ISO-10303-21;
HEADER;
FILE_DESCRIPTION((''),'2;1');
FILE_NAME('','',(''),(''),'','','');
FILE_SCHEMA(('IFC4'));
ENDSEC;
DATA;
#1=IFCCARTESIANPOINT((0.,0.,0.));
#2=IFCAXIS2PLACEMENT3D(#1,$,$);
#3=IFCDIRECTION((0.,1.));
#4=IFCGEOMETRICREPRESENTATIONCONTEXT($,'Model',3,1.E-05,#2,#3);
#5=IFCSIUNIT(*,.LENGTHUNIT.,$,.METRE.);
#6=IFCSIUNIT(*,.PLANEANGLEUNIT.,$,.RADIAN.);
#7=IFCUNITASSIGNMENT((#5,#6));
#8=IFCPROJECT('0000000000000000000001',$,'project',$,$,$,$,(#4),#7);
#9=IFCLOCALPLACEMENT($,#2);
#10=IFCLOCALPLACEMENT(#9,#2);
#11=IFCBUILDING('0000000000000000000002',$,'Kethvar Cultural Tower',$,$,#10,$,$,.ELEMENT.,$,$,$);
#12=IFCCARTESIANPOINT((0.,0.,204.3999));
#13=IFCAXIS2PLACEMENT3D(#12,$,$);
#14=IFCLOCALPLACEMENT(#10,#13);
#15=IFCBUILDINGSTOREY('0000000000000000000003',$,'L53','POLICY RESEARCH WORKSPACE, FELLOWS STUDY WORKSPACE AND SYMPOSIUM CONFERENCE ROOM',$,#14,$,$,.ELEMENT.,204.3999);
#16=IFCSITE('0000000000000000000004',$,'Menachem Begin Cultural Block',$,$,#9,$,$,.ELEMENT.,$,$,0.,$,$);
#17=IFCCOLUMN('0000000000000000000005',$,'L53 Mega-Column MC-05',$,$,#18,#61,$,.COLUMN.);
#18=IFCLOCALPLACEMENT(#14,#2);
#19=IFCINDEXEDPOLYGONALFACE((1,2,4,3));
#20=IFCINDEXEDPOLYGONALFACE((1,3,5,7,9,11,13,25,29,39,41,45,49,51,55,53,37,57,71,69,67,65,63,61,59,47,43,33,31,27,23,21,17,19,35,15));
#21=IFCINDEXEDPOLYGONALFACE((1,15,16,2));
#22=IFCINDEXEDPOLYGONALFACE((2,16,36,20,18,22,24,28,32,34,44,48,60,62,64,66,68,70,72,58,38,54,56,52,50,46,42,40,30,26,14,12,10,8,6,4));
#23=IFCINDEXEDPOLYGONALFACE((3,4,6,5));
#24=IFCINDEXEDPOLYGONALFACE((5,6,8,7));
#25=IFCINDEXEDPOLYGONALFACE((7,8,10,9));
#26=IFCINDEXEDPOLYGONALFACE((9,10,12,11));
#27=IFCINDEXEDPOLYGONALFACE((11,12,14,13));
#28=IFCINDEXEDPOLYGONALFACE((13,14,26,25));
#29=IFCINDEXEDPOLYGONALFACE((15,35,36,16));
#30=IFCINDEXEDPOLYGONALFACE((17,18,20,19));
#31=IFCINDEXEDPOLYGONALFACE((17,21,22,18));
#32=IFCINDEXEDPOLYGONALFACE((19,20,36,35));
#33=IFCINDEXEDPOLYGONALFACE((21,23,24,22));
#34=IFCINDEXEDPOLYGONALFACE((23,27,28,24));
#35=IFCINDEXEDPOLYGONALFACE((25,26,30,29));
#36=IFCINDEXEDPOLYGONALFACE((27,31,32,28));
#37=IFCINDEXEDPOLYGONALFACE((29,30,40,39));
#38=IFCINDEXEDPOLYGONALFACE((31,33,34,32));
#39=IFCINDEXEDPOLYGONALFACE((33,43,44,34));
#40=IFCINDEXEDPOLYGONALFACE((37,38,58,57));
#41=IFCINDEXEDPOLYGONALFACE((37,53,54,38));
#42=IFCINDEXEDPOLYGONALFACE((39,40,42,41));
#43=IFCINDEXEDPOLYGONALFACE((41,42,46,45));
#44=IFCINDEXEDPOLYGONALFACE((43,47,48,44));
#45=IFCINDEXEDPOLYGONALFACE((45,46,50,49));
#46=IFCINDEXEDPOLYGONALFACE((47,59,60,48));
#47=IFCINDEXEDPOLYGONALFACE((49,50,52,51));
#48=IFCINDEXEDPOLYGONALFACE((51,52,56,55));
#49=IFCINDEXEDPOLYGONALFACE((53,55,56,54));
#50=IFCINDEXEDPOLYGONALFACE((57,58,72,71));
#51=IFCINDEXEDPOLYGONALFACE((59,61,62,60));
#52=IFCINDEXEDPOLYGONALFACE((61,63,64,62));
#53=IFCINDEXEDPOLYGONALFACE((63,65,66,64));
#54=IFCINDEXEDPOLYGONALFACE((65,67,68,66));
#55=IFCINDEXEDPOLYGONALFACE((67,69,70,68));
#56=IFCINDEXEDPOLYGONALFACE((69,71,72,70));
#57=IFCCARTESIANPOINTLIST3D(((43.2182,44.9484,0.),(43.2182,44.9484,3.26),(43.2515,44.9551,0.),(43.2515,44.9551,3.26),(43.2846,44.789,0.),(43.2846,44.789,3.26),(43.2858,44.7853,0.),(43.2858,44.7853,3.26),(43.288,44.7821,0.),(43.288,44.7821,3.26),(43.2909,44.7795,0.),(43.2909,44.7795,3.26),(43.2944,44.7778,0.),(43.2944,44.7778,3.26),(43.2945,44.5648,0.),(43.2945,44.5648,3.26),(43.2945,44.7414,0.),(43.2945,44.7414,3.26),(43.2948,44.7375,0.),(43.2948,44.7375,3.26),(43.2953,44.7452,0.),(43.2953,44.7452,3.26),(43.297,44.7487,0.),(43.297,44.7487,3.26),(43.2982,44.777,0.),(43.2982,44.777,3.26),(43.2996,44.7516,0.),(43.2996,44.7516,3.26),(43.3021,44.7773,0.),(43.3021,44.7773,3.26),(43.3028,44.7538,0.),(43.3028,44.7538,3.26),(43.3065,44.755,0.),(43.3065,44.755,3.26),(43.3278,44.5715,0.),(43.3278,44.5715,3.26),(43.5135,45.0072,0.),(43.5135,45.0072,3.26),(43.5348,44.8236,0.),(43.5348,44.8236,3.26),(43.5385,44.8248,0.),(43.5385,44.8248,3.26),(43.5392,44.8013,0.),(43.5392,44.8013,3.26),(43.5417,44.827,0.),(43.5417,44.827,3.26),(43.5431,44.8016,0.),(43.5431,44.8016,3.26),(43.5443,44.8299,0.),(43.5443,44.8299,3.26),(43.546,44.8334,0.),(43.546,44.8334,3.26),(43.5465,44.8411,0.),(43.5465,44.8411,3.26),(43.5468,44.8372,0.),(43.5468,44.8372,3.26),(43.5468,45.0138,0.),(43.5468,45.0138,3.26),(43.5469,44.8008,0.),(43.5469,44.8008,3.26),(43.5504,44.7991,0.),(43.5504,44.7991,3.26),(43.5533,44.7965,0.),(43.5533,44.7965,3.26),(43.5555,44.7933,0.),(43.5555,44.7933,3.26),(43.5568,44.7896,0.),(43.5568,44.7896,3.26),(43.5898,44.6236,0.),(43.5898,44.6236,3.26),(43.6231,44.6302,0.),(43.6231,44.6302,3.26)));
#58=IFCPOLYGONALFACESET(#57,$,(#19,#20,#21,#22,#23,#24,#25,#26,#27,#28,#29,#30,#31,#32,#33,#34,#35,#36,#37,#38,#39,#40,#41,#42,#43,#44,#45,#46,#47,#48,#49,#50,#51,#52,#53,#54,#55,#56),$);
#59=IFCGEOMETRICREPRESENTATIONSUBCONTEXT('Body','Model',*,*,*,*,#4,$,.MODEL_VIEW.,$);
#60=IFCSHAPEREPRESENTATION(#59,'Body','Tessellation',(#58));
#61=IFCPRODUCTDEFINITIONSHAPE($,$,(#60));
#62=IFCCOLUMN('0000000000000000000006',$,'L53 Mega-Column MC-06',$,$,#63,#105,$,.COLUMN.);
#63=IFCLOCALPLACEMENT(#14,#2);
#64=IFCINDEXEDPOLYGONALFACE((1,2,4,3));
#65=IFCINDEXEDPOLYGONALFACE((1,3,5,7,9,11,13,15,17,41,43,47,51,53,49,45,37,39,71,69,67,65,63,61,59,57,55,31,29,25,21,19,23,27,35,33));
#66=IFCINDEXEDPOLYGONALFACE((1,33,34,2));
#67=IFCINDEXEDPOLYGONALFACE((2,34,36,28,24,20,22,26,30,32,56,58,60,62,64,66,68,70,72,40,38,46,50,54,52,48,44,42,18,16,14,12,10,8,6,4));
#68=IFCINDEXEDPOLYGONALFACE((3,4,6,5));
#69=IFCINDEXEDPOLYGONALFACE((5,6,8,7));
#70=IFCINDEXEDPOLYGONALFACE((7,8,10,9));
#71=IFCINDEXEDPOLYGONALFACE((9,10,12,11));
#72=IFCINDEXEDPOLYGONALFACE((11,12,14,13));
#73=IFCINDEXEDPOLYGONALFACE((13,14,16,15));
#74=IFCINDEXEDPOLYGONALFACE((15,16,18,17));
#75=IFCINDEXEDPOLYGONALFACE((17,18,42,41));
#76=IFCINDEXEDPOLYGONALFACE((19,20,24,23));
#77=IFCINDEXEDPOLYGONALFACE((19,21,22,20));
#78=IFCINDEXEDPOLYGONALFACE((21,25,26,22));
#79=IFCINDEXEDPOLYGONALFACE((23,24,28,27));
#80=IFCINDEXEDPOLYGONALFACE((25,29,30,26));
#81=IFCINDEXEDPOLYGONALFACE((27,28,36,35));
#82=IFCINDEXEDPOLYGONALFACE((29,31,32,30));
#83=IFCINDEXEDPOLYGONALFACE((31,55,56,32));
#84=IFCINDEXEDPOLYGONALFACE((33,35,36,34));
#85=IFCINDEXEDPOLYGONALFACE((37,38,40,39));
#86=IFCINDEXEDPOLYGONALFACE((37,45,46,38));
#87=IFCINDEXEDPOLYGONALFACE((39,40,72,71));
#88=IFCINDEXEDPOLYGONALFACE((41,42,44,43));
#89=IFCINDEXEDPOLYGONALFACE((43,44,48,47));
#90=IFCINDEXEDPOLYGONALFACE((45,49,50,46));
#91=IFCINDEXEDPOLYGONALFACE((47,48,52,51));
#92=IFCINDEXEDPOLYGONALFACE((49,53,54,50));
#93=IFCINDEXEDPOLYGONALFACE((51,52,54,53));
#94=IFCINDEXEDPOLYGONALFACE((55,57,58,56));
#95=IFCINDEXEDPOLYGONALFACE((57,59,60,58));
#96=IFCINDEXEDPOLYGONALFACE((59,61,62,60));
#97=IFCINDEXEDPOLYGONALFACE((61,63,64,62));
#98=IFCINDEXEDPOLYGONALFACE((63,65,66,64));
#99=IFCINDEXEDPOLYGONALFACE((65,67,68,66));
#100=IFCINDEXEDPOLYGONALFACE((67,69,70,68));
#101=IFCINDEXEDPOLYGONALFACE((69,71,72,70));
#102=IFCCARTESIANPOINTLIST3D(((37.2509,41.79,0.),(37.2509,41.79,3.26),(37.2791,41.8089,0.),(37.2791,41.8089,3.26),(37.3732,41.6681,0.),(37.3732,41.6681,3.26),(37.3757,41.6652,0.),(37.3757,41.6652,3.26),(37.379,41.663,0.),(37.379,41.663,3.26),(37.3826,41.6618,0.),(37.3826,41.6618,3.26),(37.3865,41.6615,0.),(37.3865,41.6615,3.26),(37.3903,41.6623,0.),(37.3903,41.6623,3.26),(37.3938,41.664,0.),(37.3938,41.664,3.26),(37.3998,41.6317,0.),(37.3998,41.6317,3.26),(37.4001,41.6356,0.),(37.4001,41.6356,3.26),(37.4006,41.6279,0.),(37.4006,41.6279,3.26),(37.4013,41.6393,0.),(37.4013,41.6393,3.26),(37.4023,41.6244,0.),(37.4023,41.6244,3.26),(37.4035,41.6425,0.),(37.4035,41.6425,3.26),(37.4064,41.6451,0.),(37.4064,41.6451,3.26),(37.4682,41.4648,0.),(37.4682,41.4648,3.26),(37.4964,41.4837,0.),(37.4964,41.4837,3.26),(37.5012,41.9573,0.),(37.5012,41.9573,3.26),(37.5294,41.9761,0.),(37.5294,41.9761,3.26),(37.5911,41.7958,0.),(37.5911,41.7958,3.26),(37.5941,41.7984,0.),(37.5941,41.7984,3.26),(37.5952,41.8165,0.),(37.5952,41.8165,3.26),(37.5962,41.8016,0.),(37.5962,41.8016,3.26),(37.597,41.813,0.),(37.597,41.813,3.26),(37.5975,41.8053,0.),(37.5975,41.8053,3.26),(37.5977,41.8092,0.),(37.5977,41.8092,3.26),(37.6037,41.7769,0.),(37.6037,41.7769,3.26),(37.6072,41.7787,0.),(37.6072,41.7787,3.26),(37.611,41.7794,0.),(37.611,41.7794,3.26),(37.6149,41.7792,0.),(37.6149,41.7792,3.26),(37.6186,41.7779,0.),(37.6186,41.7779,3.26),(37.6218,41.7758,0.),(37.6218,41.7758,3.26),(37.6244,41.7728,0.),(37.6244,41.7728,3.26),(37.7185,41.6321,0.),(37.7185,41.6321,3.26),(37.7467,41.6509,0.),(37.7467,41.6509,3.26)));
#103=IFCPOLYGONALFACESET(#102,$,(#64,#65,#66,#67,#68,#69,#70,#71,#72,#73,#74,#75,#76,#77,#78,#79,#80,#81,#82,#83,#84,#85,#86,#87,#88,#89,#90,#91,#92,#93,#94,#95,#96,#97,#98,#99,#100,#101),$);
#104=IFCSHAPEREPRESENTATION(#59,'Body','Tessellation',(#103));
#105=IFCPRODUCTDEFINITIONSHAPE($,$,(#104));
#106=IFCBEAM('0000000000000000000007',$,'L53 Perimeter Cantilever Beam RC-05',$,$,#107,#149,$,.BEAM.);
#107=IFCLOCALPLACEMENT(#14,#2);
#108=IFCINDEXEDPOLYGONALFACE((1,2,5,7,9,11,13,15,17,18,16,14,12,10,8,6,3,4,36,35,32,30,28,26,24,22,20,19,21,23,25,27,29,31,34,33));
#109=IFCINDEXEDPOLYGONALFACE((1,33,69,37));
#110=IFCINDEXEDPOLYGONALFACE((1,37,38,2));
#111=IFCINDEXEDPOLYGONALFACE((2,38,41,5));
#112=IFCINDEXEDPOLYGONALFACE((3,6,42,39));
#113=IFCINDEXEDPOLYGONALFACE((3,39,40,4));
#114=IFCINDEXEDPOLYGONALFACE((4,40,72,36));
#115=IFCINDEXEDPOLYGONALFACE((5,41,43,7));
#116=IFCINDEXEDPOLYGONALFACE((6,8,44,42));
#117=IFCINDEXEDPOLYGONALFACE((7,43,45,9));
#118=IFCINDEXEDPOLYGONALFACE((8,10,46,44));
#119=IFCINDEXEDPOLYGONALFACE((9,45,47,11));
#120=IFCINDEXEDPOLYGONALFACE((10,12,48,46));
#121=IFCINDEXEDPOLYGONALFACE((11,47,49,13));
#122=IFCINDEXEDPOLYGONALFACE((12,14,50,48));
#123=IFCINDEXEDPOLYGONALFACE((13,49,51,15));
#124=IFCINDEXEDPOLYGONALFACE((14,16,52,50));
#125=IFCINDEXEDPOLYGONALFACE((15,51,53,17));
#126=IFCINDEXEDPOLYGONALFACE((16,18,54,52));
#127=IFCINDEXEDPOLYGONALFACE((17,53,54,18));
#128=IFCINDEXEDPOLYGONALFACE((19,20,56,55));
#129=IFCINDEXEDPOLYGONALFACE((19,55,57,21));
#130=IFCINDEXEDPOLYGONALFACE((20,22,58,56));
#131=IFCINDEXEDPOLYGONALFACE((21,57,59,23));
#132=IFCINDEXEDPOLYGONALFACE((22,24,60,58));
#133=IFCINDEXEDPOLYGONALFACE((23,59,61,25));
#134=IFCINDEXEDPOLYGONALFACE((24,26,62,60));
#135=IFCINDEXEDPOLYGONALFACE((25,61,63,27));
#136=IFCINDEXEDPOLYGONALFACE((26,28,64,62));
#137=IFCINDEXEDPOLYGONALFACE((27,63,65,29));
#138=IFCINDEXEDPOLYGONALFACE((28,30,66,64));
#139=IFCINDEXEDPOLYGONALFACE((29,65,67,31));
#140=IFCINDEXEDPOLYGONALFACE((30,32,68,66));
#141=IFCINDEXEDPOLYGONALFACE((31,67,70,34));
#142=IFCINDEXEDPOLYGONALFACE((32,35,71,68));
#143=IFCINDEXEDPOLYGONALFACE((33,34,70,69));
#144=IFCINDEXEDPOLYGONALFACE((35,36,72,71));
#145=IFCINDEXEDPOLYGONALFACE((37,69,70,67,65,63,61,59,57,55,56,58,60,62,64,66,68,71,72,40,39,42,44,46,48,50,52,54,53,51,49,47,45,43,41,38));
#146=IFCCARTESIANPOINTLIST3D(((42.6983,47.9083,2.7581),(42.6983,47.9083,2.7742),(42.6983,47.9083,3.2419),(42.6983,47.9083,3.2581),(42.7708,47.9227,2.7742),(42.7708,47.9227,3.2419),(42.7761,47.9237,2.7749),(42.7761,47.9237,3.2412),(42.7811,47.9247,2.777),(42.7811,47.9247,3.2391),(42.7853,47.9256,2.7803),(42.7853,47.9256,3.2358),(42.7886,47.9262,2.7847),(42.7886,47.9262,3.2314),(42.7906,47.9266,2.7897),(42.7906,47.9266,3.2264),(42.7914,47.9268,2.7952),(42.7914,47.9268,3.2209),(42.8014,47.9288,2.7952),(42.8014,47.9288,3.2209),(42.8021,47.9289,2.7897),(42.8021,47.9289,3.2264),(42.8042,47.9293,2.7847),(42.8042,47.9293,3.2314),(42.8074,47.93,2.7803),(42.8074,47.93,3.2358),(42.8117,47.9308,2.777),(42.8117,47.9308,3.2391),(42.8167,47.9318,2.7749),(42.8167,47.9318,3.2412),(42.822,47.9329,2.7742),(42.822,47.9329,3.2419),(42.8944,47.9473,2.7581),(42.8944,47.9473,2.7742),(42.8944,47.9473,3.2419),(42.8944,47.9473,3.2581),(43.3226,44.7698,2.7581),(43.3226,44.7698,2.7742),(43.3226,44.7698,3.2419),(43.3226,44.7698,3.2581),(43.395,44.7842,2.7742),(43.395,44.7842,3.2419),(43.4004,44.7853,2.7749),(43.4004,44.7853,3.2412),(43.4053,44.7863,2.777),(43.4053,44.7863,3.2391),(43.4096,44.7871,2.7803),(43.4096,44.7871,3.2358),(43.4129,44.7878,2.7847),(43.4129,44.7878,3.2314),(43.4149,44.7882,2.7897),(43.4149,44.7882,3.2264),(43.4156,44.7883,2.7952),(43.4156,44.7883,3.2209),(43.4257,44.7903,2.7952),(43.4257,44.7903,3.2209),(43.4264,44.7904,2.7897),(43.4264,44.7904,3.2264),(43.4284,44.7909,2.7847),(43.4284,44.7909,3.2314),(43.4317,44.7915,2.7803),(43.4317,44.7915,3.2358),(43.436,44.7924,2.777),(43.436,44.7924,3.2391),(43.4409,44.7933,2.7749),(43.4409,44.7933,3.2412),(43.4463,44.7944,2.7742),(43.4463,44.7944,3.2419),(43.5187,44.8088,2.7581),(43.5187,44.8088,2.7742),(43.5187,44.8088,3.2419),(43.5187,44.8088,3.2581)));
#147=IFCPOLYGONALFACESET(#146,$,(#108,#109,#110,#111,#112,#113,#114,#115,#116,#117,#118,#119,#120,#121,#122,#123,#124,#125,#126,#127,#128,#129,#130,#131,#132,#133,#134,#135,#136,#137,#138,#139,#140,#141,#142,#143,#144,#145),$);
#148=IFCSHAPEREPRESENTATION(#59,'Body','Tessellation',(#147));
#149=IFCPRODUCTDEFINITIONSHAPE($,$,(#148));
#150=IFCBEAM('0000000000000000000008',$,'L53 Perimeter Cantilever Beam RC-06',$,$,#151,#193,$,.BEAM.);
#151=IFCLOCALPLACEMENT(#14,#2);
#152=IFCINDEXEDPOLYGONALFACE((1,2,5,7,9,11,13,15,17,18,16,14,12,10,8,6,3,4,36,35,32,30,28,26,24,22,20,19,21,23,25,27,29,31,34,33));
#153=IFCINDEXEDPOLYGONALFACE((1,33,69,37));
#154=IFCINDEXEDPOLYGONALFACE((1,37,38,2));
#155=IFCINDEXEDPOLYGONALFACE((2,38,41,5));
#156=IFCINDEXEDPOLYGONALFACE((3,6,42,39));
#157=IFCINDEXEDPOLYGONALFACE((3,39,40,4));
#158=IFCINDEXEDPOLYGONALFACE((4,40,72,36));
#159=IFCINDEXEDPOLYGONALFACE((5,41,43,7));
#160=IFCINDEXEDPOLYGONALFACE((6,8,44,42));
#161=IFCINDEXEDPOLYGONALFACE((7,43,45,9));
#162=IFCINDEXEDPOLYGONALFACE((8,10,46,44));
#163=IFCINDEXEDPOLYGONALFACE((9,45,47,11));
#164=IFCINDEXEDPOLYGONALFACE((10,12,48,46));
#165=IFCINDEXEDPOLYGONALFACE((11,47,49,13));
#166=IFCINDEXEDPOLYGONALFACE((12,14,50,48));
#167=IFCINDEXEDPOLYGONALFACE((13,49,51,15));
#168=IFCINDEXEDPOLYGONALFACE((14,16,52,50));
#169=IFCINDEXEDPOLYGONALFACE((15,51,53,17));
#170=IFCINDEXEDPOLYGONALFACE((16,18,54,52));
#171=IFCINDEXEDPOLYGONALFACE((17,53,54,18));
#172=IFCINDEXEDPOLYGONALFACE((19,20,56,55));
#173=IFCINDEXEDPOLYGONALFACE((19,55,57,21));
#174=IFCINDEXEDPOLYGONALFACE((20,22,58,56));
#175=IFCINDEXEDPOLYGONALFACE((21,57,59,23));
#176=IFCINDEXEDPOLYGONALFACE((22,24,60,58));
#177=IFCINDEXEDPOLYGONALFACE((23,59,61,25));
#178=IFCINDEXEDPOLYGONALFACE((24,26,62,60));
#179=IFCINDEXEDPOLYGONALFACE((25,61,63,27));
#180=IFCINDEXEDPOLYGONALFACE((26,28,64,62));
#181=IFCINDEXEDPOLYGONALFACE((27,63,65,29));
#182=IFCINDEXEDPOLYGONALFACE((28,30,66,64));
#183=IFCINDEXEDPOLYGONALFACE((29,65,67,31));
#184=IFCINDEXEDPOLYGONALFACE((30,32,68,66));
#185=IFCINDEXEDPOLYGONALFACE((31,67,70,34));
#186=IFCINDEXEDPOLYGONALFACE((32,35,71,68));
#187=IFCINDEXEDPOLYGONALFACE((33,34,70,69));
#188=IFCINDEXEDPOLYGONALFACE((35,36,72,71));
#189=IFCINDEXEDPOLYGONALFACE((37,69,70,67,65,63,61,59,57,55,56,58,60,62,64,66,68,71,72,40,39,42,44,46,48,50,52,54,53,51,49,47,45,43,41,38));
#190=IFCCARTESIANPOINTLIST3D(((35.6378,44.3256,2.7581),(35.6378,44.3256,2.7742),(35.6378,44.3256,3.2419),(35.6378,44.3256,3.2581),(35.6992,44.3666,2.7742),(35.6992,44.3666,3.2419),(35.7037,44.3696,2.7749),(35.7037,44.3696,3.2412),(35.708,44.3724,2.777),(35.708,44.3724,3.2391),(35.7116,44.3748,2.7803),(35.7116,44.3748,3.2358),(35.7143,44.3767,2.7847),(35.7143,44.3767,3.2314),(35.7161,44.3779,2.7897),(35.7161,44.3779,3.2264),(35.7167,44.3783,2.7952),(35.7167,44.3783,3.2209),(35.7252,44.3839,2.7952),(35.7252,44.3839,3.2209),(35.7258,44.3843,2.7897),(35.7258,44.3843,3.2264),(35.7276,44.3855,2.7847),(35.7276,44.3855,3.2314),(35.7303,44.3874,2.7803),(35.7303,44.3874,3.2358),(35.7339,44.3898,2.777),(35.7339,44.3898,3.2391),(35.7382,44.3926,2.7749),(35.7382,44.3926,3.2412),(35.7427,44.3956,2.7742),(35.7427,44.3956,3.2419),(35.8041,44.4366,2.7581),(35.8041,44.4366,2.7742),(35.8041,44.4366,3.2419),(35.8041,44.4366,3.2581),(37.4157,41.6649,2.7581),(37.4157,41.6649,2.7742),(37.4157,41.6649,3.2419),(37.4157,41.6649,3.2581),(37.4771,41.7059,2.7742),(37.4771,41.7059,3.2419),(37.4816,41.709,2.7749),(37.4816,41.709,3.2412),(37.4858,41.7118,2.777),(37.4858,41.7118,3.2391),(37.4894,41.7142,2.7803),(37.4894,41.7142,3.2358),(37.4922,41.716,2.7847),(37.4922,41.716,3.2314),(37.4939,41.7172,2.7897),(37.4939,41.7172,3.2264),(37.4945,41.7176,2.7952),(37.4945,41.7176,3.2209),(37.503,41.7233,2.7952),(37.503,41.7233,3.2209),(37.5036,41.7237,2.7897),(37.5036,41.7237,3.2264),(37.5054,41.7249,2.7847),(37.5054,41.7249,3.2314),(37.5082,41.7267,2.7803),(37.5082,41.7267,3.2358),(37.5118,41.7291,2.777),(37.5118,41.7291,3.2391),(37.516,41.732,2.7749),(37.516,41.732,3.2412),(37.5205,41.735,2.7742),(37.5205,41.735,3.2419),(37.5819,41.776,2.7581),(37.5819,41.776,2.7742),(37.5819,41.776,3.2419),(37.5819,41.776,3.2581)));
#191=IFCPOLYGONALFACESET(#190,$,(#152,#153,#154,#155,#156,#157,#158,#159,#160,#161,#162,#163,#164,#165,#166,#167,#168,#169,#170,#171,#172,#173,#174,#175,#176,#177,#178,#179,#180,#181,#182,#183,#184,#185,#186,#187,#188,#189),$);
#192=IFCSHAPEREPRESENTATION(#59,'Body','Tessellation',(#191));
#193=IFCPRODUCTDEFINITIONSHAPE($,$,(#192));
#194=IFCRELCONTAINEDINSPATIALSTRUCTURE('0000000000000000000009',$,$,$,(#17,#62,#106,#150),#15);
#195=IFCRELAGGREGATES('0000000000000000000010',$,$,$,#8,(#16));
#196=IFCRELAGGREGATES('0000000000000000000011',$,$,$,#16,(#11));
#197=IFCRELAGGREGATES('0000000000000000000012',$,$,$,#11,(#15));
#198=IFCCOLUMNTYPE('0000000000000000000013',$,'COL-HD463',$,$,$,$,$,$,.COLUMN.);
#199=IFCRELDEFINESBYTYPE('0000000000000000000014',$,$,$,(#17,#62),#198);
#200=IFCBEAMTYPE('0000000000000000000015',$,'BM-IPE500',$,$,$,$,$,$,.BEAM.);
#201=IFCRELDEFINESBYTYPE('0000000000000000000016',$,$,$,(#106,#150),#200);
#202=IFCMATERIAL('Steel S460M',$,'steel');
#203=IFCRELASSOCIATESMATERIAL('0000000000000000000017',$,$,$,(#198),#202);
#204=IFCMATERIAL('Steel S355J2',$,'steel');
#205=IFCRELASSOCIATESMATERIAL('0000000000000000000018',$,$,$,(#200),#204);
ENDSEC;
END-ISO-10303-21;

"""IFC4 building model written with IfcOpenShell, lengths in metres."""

from ifc_helpers import new_model, si_unit, direction, frame, origin, origin_2d, place, context, subcontext, project, spatial, i_section, extrude, source, transform, mapped, material, material_profile, profile_set, type_object, element, save


model = new_model("IFC4")

# Units and contexts
model_context = context("Model", 3, precision=1e-05, world=origin(), true_north=direction((0.0, 1.0)))
body_context = subcontext(model_context, "Body", "Model", "MODEL_VIEW")
ifc_project = project(units=[si_unit("LENGTHUNIT", "METRE"), si_unit("PLANEANGLEUNIT", "RADIAN")], contexts=[model_context])

# Site, building, storey
site_placement = place(None, origin())
site = spatial("IfcSite", under=ifc_project, at=site_placement, Name="Menachem Begin Cultural Block", CompositionType="ELEMENT", RefElevation=0.0)
building_placement = place(site_placement, origin())
building = spatial("IfcBuilding", under=site, at=building_placement, Name="Kethvar Cultural Tower", CompositionType="ELEMENT")
storey_placement = place(building_placement, frame((0.0, 0.0, 204.3999)))
storey = spatial("IfcBuildingStorey", under=building, at=storey_placement, Name="L53", Description="POLICY RESEARCH WORKSPACE, FELLOWS STUDY WORKSPACE AND SYMPOSIUM CONFERENCE ROOM", CompositionType="ELEMENT", Elevation=204.3999)

# Columns
ifc_material_1 = material(Name="Steel S460M", Category="steel")
ifc_material_profile_1 = material_profile(ifc_material_1, i_section(OverallWidth=0.3911, OverallDepth=0.335, WebThickness=0.0227, FlangeThickness=0.0339, FilletRadius=0.0149, at=origin_2d()), Name="Steel S460M — HD400x463")
ifc_profile_set_1 = profile_set([ifc_material_profile_1], Name="Steel S460M — HD400x463")
column_type = type_object("IfcColumnType", Name="COL-HD463", PredefinedType="COLUMN", material=ifc_profile_set_1)
shared_shape_1 = source(origin(), body_context, "Body", "SweptSolid", [
    extrude(i_section(OverallWidth=0.3911, OverallDepth=0.335, WebThickness=0.0227, FlangeThickness=0.0339, FilletRadius=0.0149, at=origin_2d()), origin(), (0.0, 0.0, 1.0), 3.26),
])
for number, where, z_axis, x_axis, name in (
    (1, (43.4207, 44.7893, 0.0), (0.0, 0.0, 1.0), (-0.19509, 0.980785, 0.0), "L53 Mega-Column MC-05"),
    (2, (37.4988, 41.7205, 0.0), (0.0, 0.0, 1.0), (-0.55557, 0.83147, 0.0), "L53 Mega-Column MC-06"),
):
    element("IfcColumn", number, at=place(storey_placement, frame(where, z_axis=z_axis, x_axis=x_axis)), inside=storey, type_object=column_type, Name=name, PredefinedType="COLUMN", context=body_context, shape_type="MappedRepresentation", body=[
        mapped(shared_shape_1, transform((0.0, 0.0, 0.0), scale=1.0)),
    ])

# Beams
ifc_material_2 = material(Name="Steel S355J2", Category="steel")
ifc_material_profile_2 = material_profile(ifc_material_2, i_section(OverallWidth=0.2, OverallDepth=0.5, WebThickness=0.0103, FlangeThickness=0.0161, FilletRadius=0.021, at=origin_2d()), Name="Steel S355J2 — IPE500")
ifc_profile_set_2 = profile_set([ifc_material_profile_2], Name="Steel S355J2 — IPE500")
beam_type_1 = type_object("IfcBeamType", Name="BM-IPE500", PredefinedType="BEAM", material=ifc_profile_set_2)
shared_shape_2 = source(origin(), body_context, "Body", "SweptSolid", [
    extrude(i_section(OverallWidth=0.2, OverallDepth=0.5, WebThickness=0.0103, FlangeThickness=0.0161, FilletRadius=0.021, at=origin_2d()), origin(), (0.0, 0.0, 1.0), 3.2),
])
for number, where, z_axis, x_axis, name in (
    (3, (43.4207, 44.7893, 3.0081), (-0.195089, 0.980786, 0.0), (-0.980786, -0.195089, 0.0), "L53 Perimeter Cantilever Beam RC-05"),
    (4, (37.4988, 41.7205, 3.0081), (-0.55558, 0.831463, 0.0), (-0.831463, -0.55558, 0.0), "L53 Perimeter Cantilever Beam RC-06"),
):
    element("IfcBeam", number, at=place(storey_placement, frame(where, z_axis=z_axis, x_axis=x_axis)), inside=storey, type_object=beam_type_1, Name=name, PredefinedType="BEAM", context=body_context, shape_type="MappedRepresentation", body=[
        mapped(shared_shape_2, transform((0.0, 0.0, 0.0), scale=1.0)),
    ])

save(model, "model.ifc")
